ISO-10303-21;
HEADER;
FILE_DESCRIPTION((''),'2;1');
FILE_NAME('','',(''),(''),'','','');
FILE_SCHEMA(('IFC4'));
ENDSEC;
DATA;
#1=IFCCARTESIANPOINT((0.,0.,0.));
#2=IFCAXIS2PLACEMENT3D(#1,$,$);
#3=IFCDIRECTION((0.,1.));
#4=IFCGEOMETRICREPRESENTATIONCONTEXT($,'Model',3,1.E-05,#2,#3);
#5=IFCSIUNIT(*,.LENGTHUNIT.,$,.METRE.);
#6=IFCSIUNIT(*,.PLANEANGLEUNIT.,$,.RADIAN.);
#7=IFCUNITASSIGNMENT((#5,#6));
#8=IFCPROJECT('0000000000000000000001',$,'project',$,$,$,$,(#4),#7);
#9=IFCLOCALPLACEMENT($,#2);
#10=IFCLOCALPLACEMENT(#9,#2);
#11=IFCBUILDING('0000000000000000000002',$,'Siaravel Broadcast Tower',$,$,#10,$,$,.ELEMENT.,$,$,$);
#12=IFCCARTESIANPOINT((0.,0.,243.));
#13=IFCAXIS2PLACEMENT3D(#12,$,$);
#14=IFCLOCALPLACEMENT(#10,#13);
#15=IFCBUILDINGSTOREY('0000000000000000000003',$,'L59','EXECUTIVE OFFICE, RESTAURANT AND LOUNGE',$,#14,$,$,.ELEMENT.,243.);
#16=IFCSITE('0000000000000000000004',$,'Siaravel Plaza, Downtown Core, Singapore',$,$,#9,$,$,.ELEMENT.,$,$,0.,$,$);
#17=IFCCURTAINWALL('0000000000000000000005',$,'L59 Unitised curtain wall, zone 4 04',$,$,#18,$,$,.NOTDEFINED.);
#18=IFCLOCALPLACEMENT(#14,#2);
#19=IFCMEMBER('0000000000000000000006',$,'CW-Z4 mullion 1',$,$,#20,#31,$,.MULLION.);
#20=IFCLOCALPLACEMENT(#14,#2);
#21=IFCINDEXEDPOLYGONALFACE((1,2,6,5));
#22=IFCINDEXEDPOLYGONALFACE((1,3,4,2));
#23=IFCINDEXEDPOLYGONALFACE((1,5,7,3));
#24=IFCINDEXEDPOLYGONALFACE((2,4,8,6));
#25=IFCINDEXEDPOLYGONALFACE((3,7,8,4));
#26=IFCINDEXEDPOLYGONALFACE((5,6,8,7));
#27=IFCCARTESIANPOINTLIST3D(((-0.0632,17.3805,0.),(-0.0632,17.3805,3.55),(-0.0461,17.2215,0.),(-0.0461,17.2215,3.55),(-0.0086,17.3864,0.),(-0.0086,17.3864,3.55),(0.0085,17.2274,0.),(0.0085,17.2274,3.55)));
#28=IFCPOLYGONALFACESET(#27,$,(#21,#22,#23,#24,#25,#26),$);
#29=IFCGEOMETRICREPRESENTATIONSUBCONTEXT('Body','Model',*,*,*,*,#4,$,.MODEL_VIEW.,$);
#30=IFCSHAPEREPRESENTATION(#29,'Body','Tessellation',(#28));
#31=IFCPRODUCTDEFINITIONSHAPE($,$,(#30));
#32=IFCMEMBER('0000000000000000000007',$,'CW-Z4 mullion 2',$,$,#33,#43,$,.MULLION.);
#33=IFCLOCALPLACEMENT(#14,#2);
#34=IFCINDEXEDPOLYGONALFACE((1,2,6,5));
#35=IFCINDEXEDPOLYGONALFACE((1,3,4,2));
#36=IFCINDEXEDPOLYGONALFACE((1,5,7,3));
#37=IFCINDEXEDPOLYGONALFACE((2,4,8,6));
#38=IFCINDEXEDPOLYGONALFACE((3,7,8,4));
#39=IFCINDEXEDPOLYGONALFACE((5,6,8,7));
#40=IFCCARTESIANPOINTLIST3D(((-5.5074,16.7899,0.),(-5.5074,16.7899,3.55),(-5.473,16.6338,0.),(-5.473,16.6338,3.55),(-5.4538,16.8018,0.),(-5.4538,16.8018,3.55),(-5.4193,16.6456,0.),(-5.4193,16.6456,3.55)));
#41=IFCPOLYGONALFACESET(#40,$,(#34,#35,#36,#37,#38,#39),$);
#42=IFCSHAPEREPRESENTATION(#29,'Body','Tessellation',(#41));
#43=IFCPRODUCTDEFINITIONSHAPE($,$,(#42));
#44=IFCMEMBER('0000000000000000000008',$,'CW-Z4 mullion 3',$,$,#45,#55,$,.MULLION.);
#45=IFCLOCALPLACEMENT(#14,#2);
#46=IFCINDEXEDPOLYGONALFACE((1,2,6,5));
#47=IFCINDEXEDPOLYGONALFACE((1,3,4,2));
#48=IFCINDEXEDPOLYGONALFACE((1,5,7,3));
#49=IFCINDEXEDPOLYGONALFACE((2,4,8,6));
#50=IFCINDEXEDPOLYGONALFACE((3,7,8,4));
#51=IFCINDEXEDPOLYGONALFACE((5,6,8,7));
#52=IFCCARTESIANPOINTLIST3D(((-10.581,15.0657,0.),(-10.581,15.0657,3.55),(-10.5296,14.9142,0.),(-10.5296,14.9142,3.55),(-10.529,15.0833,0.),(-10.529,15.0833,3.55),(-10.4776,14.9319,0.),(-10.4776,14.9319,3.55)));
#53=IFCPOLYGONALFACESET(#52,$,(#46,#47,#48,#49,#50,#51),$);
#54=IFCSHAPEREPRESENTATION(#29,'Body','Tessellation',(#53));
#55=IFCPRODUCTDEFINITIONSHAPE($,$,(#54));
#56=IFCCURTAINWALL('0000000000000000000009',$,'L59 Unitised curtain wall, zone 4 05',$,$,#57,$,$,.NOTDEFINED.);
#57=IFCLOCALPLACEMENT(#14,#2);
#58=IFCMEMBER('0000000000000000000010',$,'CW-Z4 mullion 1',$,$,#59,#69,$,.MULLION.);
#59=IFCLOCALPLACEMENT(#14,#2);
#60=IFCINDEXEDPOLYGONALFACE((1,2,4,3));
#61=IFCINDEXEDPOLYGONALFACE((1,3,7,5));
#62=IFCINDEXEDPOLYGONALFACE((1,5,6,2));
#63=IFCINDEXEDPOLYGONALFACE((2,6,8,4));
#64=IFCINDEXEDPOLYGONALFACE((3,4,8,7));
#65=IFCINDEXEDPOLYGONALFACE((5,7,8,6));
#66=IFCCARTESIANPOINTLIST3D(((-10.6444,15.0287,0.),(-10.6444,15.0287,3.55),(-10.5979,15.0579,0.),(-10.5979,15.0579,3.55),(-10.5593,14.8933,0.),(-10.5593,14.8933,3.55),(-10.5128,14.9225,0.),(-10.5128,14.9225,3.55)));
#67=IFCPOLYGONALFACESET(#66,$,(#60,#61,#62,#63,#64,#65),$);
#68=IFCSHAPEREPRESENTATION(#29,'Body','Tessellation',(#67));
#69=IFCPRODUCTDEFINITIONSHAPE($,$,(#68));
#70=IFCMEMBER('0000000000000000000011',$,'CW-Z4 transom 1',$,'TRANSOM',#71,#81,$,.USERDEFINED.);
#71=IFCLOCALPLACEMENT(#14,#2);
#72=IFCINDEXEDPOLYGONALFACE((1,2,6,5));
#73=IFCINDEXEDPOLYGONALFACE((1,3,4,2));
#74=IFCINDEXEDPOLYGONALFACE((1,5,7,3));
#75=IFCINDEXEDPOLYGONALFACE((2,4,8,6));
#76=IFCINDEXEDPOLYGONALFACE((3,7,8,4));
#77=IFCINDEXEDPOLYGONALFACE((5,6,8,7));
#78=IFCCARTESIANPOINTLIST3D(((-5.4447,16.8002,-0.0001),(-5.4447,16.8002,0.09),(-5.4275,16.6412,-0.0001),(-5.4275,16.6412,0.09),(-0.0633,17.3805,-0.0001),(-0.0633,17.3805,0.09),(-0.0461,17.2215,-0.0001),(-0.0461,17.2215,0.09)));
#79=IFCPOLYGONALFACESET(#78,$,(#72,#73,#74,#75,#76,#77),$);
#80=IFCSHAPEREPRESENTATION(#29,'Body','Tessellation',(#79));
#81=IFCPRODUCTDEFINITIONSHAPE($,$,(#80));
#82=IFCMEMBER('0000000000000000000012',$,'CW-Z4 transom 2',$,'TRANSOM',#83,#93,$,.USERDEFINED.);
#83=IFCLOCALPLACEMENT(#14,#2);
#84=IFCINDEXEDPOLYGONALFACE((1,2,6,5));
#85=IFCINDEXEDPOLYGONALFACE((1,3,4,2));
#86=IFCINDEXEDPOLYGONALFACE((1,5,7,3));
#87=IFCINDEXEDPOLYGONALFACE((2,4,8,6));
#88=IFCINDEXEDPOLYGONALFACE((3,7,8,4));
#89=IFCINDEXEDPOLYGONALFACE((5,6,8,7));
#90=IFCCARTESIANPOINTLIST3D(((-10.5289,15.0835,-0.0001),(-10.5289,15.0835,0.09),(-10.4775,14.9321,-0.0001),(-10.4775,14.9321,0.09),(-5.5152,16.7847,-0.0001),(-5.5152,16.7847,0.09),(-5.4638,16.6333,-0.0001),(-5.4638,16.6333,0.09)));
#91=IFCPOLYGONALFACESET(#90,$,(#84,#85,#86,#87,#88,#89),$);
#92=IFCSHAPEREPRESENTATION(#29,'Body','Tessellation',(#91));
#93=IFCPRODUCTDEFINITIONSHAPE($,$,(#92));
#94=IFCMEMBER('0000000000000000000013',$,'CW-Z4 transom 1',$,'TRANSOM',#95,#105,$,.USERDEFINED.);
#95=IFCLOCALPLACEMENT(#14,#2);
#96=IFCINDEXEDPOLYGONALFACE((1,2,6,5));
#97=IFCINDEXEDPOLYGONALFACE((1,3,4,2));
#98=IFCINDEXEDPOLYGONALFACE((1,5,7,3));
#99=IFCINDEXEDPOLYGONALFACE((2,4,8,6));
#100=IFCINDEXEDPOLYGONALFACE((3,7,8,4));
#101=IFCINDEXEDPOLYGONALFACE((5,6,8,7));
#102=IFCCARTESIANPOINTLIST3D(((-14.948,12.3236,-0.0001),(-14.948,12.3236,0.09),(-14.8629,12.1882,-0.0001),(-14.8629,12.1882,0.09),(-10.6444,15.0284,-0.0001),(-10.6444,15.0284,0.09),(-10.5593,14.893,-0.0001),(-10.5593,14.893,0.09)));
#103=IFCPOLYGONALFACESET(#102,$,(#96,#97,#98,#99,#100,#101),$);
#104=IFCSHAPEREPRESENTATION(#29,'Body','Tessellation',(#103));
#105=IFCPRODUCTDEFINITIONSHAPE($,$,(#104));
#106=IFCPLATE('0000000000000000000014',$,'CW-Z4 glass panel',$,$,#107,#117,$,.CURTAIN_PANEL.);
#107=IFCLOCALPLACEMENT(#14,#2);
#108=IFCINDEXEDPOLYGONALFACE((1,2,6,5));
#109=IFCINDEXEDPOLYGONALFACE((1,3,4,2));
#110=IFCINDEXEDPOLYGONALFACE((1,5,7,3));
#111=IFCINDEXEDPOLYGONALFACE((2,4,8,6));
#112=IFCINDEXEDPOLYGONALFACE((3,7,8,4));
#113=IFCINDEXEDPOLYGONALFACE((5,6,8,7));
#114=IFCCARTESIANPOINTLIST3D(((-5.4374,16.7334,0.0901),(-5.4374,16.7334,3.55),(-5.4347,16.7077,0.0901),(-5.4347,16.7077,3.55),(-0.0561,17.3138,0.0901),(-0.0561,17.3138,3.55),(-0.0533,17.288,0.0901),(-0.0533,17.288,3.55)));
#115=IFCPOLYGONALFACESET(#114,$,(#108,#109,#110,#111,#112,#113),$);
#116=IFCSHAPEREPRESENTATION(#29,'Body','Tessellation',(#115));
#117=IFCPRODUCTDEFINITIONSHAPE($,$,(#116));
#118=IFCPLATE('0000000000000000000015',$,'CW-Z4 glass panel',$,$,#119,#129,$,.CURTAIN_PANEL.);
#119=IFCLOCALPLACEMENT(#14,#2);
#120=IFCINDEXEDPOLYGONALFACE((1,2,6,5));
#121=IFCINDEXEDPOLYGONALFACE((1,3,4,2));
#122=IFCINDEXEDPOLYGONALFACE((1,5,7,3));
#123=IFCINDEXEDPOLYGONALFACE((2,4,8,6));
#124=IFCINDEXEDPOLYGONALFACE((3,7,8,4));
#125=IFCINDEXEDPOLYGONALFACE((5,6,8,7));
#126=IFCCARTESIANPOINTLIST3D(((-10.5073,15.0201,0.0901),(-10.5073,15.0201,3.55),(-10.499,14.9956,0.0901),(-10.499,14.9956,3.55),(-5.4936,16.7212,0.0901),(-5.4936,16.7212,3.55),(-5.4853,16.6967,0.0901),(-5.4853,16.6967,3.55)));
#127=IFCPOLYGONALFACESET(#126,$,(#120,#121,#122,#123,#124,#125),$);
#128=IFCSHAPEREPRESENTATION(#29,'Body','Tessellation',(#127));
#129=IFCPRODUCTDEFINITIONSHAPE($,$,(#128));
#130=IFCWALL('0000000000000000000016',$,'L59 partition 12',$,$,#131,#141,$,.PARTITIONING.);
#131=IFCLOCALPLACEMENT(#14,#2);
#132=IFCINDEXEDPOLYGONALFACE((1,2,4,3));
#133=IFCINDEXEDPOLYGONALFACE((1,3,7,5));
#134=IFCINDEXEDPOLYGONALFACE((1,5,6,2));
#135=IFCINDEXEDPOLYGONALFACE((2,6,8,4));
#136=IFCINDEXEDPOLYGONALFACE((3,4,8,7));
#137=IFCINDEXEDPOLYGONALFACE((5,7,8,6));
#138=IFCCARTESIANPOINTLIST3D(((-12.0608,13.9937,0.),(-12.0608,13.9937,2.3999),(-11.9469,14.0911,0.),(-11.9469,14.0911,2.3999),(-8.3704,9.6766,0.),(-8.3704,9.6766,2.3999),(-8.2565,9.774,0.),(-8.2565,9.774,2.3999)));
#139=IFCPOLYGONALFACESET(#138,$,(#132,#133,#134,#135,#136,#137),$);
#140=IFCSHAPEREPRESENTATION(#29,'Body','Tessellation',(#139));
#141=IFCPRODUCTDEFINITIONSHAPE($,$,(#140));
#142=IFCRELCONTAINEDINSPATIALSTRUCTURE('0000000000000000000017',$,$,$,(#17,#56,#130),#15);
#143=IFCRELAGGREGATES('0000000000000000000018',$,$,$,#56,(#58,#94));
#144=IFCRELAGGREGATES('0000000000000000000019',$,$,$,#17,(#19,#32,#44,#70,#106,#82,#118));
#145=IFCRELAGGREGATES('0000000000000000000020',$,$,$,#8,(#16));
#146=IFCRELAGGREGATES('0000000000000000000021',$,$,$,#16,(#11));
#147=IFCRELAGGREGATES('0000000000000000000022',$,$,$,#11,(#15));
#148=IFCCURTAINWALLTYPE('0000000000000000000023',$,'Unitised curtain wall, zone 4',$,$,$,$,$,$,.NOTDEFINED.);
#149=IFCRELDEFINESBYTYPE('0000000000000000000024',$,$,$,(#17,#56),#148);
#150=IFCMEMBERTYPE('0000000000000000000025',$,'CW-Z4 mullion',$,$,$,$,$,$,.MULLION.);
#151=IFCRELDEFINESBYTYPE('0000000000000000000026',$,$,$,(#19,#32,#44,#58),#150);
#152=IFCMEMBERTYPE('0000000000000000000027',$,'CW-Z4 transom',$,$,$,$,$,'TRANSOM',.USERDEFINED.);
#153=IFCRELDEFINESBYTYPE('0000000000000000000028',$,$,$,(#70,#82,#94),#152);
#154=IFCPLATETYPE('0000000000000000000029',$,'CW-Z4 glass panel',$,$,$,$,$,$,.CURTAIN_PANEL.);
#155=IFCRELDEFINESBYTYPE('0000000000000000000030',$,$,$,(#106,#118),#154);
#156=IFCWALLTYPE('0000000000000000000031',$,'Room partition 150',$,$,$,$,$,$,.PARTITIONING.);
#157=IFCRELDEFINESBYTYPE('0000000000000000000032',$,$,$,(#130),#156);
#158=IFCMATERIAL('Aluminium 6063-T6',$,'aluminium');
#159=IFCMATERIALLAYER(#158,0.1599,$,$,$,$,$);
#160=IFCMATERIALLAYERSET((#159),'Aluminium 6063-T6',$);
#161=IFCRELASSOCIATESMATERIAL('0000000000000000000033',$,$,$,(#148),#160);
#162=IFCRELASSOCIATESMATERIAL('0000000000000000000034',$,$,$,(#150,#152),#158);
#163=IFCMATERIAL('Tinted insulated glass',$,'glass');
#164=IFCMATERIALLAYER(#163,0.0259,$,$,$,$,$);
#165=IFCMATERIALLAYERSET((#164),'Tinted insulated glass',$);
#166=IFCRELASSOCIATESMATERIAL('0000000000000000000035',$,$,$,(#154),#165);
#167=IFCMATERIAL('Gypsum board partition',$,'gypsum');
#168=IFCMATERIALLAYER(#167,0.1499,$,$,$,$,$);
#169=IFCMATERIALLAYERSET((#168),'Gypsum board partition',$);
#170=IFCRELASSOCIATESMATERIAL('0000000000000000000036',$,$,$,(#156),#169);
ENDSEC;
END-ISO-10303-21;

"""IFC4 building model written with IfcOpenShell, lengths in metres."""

from ifc_helpers import new_model, si_unit, direction, frame, frame_2d, origin, origin_2d, place, context, subcontext, project, spatial, rectangle, extrude, material, layer, layer_set, material_profile, profile_set, type_object, element, aggregate, save


model = new_model("IFC4")

# Units and contexts
model_context = context("Model", 3, precision=1e-05, world=origin(), true_north=direction((0.0, 1.0)))
body_context = subcontext(model_context, "Body", "Model", "MODEL_VIEW")
ifc_project = project(units=[si_unit("LENGTHUNIT", "METRE"), si_unit("PLANEANGLEUNIT", "RADIAN")], contexts=[model_context])

# Site, building, storey
site_placement = place(None, origin())
site = spatial("IfcSite", under=ifc_project, at=site_placement, Name="Siaravel Plaza, Downtown Core, Singapore", CompositionType="ELEMENT", RefElevation=0.0)
building_placement = place(site_placement, origin())
building = spatial("IfcBuilding", under=site, at=building_placement, Name="Siaravel Broadcast Tower", CompositionType="ELEMENT")
storey_placement = place(building_placement, frame((0.0, 0.0, 243.0)))
storey = spatial("IfcBuildingStorey", under=building, at=storey_placement, Name="L59", Description="EXECUTIVE OFFICE, RESTAURANT AND LOUNGE", CompositionType="ELEMENT", Elevation=243.0)

# Curtain wall, members
ifc_material_1 = material(Name="Aluminium 6063-T6", Category="aluminium")
ifc_layer_1 = layer(ifc_material_1, 0.1599)
ifc_layer_set_1 = layer_set([ifc_layer_1], Name="Aluminium 6063-T6")
curtain_wall_type = type_object("IfcCurtainWallType", Name="Unitised curtain wall, zone 4", PredefinedType="NOTDEFINED", material=ifc_layer_set_1)
curtain_wall_1_placement = place(storey_placement, origin())
curtain_wall_1 = element("IfcCurtainWall", 1, at=curtain_wall_1_placement, inside=storey, type_object=curtain_wall_type, Name="L59 Unitised curtain wall, zone 4 04", PredefinedType="NOTDEFINED")
ifc_material_profile_1 = material_profile(ifc_material_1, rectangle(XDim=0.1599, YDim=0.0549, at=origin_2d()))
ifc_profile_set_1 = profile_set([ifc_material_profile_1], Name="Aluminium 6063-T6")
member_type_1 = type_object("IfcMemberType", Name="CW-Z4 mullion", PredefinedType="MULLION", material=ifc_profile_set_1)
member_1_placement = place(storey_placement, frame((-0.0273, 17.304, 0.0), z_axis=(0.0, 0.0, 1.0), x_axis=(0.107218, -0.994236, 0.0)))
member_1 = element("IfcMember", 2, at=member_1_placement, type_object=member_type_1, Name="CW-Z4 mullion 1", PredefinedType="MULLION", context=body_context, shape_type="SweptSolid", body=[
    extrude(rectangle(XDim=0.1599, YDim=0.0549, at=origin_2d()), origin(), (0.0, 0.0, 1.0), 3.55),
])
member_2_placement = place(storey_placement, frame((-5.4634, 16.7178, 0.0), z_axis=(0.0, 0.0, 1.0), x_axis=(0.215559, -0.976491, 0.0)))
member_2 = element("IfcMember", 3, at=member_2_placement, type_object=member_type_1, Name="CW-Z4 mullion 2", PredefinedType="MULLION", context=body_context, shape_type="SweptSolid", body=[
    extrude(rectangle(XDim=0.1599, YDim=0.0549, at=origin_2d()), origin(), (0.0, 0.0, 1.0), 3.55),
])
member_3_placement = place(storey_placement, frame((-10.5293, 14.9988, 0.0), z_axis=(0.0, 0.0, 1.0), x_axis=(0.321301, -0.946977, 0.0)))
member_3 = element("IfcMember", 4, at=member_3_placement, type_object=member_type_1, Name="CW-Z4 mullion 3", PredefinedType="MULLION", context=body_context, shape_type="SweptSolid", body=[
    extrude(rectangle(XDim=0.1599, YDim=0.0549, at=origin_2d()), origin(), (0.0, 0.0, 1.0), 3.55),
])

# Curtain wall, member
curtain_wall_2_placement = place(storey_placement, origin())
curtain_wall_2 = element("IfcCurtainWall", 5, at=curtain_wall_2_placement, inside=storey, type_object=curtain_wall_type, Name="L59 Unitised curtain wall, zone 4 05", PredefinedType="NOTDEFINED")
member_4_placement = place(storey_placement, frame((-10.5786, 14.9756, 0.0), z_axis=(0.0, 0.0, 1.0), x_axis=(0.53215, -0.84665, 0.0)))
member_4 = element("IfcMember", 6, at=member_4_placement, type_object=member_type_1, Name="CW-Z4 mullion 1", PredefinedType="MULLION", context=body_context, shape_type="SweptSolid", body=[
    extrude(rectangle(XDim=0.1599, YDim=0.0549, at=origin_2d()), origin(), (0.0, 0.0, 1.0), 3.55),
])

# Members
ifc_material_profile_2 = material_profile(ifc_material_1, rectangle(XDim=0.1599, YDim=0.0901, at=origin_2d()))
ifc_profile_set_2 = profile_set([ifc_material_profile_2], Name="Aluminium 6063-T6")
member_type_2 = type_object("IfcMemberType", Name="CW-Z4 transom", ElementType="TRANSOM", PredefinedType="USERDEFINED", material=ifc_profile_set_2)
member_5_placement = place(storey_placement, frame((-0.0547, 17.301, 0.0449), z_axis=(-0.994236, -0.107218, 0.0), x_axis=(0.107218, -0.994236, 0.0)))
member_5 = element("IfcMember", 7, at=member_5_placement, type_object=member_type_2, Name="CW-Z4 transom 1", ObjectType="TRANSOM", PredefinedType="USERDEFINED", context=body_context, shape_type="SweptSolid", body=[
    extrude(rectangle(XDim=0.1599, YDim=0.0901, at=origin_2d()), origin(), (0.0, 0.0, 1.0), 5.4126),
])
member_6_placement = place(storey_placement, frame((-5.4895, 16.709, 0.0449), z_axis=(-0.946973, -0.321314, 0.0), x_axis=(0.321314, -0.946973, 0.0)))
member_6 = element("IfcMember", 8, at=member_6_placement, type_object=member_type_2, Name="CW-Z4 transom 2", ObjectType="TRANSOM", PredefinedType="USERDEFINED", context=body_context, shape_type="SweptSolid", body=[
    extrude(rectangle(XDim=0.1599, YDim=0.0901, at=origin_2d()), origin(), (0.0, 0.0, 1.0), 5.2944),
])
member_7_placement = place(storey_placement, frame((-10.6018, 14.9607, 0.0449), z_axis=(-0.846668, -0.532121, 0.0), x_axis=(0.532121, -0.846668, 0.0)))
member_7 = element("IfcMember", 9, at=member_7_placement, type_object=member_type_2, Name="CW-Z4 transom 1", ObjectType="TRANSOM", PredefinedType="USERDEFINED", context=body_context, shape_type="SweptSolid", body=[
    extrude(rectangle(XDim=0.1599, YDim=0.0901, at=origin_2d()), origin(), (0.0, 0.0, 1.0), 5.083),
])
aggregate(curtain_wall_2, [member_4, member_7])

# Plates
ifc_material_2 = material(Name="Tinted insulated glass", Category="glass")
ifc_layer_2 = layer(ifc_material_2, 0.0259)
ifc_layer_set_2 = layer_set([ifc_layer_2], Name="Tinted insulated glass")
plate_type = type_object("IfcPlateType", Name="CW-Z4 glass panel", PredefinedType="CURTAIN_PANEL", material=ifc_layer_set_2)
plate_1_placement = place(storey_placement, frame((-2.7454, 17.0107, 0.0901), z_axis=(0.0, 0.0, 1.0), x_axis=(-0.994236, -0.107218, 0.0)))
plate_1 = element("IfcPlate", 10, at=plate_1_placement, type_object=plate_type, Name="CW-Z4 glass panel", PredefinedType="CURTAIN_PANEL", context=body_context, shape_type="SweptSolid", body=[
    extrude(rectangle(XDim=5.4126, YDim=0.0259, at=origin_2d()), origin(), (0.0, 0.0, 1.0), 3.46),
])
plate_2_placement = place(storey_placement, frame((-7.9963, 15.8584, 0.0901), z_axis=(0.0, 0.0, 1.0), x_axis=(-0.946977, -0.321301, 0.0)))
plate_2 = element("IfcPlate", 11, at=plate_2_placement, type_object=plate_type, Name="CW-Z4 glass panel", PredefinedType="CURTAIN_PANEL", context=body_context, shape_type="SweptSolid", body=[
    extrude(rectangle(XDim=5.2944, YDim=0.0259, at=origin_2d()), origin(), (0.0, 0.0, 1.0), 3.46),
])
aggregate(curtain_wall_1, [member_1, member_2, member_3, member_5, plate_1, member_6, plate_2])

# Wall
ifc_material_3 = material(Name="Gypsum board partition", Category="gypsum")
ifc_layer_3 = layer(ifc_material_3, 0.1499)
ifc_layer_set_3 = layer_set([ifc_layer_3], Name="Gypsum board partition")
wall_type = type_object("IfcWallType", Name="Room partition 150", PredefinedType="PARTITIONING", material=ifc_layer_set_3)
wall_placement = place(storey_placement, frame((-12.0039, 14.0425, 0.0), z_axis=(0.0, 0.0, 1.0), x_axis=(0.649778, -0.760124, 0.0)))
element("IfcWall", 12, at=wall_placement, inside=storey, type_object=wall_type, Name="L59 partition 12", PredefinedType="PARTITIONING", context=body_context, shape_type="SweptSolid", body=[
    extrude(rectangle(XDim=5.6794, YDim=0.1499, at=frame_2d((2.8398, 0.0))), origin(), (0.0, 0.0, 1.0), 2.3999),
])

save(model, "model.ifc")
